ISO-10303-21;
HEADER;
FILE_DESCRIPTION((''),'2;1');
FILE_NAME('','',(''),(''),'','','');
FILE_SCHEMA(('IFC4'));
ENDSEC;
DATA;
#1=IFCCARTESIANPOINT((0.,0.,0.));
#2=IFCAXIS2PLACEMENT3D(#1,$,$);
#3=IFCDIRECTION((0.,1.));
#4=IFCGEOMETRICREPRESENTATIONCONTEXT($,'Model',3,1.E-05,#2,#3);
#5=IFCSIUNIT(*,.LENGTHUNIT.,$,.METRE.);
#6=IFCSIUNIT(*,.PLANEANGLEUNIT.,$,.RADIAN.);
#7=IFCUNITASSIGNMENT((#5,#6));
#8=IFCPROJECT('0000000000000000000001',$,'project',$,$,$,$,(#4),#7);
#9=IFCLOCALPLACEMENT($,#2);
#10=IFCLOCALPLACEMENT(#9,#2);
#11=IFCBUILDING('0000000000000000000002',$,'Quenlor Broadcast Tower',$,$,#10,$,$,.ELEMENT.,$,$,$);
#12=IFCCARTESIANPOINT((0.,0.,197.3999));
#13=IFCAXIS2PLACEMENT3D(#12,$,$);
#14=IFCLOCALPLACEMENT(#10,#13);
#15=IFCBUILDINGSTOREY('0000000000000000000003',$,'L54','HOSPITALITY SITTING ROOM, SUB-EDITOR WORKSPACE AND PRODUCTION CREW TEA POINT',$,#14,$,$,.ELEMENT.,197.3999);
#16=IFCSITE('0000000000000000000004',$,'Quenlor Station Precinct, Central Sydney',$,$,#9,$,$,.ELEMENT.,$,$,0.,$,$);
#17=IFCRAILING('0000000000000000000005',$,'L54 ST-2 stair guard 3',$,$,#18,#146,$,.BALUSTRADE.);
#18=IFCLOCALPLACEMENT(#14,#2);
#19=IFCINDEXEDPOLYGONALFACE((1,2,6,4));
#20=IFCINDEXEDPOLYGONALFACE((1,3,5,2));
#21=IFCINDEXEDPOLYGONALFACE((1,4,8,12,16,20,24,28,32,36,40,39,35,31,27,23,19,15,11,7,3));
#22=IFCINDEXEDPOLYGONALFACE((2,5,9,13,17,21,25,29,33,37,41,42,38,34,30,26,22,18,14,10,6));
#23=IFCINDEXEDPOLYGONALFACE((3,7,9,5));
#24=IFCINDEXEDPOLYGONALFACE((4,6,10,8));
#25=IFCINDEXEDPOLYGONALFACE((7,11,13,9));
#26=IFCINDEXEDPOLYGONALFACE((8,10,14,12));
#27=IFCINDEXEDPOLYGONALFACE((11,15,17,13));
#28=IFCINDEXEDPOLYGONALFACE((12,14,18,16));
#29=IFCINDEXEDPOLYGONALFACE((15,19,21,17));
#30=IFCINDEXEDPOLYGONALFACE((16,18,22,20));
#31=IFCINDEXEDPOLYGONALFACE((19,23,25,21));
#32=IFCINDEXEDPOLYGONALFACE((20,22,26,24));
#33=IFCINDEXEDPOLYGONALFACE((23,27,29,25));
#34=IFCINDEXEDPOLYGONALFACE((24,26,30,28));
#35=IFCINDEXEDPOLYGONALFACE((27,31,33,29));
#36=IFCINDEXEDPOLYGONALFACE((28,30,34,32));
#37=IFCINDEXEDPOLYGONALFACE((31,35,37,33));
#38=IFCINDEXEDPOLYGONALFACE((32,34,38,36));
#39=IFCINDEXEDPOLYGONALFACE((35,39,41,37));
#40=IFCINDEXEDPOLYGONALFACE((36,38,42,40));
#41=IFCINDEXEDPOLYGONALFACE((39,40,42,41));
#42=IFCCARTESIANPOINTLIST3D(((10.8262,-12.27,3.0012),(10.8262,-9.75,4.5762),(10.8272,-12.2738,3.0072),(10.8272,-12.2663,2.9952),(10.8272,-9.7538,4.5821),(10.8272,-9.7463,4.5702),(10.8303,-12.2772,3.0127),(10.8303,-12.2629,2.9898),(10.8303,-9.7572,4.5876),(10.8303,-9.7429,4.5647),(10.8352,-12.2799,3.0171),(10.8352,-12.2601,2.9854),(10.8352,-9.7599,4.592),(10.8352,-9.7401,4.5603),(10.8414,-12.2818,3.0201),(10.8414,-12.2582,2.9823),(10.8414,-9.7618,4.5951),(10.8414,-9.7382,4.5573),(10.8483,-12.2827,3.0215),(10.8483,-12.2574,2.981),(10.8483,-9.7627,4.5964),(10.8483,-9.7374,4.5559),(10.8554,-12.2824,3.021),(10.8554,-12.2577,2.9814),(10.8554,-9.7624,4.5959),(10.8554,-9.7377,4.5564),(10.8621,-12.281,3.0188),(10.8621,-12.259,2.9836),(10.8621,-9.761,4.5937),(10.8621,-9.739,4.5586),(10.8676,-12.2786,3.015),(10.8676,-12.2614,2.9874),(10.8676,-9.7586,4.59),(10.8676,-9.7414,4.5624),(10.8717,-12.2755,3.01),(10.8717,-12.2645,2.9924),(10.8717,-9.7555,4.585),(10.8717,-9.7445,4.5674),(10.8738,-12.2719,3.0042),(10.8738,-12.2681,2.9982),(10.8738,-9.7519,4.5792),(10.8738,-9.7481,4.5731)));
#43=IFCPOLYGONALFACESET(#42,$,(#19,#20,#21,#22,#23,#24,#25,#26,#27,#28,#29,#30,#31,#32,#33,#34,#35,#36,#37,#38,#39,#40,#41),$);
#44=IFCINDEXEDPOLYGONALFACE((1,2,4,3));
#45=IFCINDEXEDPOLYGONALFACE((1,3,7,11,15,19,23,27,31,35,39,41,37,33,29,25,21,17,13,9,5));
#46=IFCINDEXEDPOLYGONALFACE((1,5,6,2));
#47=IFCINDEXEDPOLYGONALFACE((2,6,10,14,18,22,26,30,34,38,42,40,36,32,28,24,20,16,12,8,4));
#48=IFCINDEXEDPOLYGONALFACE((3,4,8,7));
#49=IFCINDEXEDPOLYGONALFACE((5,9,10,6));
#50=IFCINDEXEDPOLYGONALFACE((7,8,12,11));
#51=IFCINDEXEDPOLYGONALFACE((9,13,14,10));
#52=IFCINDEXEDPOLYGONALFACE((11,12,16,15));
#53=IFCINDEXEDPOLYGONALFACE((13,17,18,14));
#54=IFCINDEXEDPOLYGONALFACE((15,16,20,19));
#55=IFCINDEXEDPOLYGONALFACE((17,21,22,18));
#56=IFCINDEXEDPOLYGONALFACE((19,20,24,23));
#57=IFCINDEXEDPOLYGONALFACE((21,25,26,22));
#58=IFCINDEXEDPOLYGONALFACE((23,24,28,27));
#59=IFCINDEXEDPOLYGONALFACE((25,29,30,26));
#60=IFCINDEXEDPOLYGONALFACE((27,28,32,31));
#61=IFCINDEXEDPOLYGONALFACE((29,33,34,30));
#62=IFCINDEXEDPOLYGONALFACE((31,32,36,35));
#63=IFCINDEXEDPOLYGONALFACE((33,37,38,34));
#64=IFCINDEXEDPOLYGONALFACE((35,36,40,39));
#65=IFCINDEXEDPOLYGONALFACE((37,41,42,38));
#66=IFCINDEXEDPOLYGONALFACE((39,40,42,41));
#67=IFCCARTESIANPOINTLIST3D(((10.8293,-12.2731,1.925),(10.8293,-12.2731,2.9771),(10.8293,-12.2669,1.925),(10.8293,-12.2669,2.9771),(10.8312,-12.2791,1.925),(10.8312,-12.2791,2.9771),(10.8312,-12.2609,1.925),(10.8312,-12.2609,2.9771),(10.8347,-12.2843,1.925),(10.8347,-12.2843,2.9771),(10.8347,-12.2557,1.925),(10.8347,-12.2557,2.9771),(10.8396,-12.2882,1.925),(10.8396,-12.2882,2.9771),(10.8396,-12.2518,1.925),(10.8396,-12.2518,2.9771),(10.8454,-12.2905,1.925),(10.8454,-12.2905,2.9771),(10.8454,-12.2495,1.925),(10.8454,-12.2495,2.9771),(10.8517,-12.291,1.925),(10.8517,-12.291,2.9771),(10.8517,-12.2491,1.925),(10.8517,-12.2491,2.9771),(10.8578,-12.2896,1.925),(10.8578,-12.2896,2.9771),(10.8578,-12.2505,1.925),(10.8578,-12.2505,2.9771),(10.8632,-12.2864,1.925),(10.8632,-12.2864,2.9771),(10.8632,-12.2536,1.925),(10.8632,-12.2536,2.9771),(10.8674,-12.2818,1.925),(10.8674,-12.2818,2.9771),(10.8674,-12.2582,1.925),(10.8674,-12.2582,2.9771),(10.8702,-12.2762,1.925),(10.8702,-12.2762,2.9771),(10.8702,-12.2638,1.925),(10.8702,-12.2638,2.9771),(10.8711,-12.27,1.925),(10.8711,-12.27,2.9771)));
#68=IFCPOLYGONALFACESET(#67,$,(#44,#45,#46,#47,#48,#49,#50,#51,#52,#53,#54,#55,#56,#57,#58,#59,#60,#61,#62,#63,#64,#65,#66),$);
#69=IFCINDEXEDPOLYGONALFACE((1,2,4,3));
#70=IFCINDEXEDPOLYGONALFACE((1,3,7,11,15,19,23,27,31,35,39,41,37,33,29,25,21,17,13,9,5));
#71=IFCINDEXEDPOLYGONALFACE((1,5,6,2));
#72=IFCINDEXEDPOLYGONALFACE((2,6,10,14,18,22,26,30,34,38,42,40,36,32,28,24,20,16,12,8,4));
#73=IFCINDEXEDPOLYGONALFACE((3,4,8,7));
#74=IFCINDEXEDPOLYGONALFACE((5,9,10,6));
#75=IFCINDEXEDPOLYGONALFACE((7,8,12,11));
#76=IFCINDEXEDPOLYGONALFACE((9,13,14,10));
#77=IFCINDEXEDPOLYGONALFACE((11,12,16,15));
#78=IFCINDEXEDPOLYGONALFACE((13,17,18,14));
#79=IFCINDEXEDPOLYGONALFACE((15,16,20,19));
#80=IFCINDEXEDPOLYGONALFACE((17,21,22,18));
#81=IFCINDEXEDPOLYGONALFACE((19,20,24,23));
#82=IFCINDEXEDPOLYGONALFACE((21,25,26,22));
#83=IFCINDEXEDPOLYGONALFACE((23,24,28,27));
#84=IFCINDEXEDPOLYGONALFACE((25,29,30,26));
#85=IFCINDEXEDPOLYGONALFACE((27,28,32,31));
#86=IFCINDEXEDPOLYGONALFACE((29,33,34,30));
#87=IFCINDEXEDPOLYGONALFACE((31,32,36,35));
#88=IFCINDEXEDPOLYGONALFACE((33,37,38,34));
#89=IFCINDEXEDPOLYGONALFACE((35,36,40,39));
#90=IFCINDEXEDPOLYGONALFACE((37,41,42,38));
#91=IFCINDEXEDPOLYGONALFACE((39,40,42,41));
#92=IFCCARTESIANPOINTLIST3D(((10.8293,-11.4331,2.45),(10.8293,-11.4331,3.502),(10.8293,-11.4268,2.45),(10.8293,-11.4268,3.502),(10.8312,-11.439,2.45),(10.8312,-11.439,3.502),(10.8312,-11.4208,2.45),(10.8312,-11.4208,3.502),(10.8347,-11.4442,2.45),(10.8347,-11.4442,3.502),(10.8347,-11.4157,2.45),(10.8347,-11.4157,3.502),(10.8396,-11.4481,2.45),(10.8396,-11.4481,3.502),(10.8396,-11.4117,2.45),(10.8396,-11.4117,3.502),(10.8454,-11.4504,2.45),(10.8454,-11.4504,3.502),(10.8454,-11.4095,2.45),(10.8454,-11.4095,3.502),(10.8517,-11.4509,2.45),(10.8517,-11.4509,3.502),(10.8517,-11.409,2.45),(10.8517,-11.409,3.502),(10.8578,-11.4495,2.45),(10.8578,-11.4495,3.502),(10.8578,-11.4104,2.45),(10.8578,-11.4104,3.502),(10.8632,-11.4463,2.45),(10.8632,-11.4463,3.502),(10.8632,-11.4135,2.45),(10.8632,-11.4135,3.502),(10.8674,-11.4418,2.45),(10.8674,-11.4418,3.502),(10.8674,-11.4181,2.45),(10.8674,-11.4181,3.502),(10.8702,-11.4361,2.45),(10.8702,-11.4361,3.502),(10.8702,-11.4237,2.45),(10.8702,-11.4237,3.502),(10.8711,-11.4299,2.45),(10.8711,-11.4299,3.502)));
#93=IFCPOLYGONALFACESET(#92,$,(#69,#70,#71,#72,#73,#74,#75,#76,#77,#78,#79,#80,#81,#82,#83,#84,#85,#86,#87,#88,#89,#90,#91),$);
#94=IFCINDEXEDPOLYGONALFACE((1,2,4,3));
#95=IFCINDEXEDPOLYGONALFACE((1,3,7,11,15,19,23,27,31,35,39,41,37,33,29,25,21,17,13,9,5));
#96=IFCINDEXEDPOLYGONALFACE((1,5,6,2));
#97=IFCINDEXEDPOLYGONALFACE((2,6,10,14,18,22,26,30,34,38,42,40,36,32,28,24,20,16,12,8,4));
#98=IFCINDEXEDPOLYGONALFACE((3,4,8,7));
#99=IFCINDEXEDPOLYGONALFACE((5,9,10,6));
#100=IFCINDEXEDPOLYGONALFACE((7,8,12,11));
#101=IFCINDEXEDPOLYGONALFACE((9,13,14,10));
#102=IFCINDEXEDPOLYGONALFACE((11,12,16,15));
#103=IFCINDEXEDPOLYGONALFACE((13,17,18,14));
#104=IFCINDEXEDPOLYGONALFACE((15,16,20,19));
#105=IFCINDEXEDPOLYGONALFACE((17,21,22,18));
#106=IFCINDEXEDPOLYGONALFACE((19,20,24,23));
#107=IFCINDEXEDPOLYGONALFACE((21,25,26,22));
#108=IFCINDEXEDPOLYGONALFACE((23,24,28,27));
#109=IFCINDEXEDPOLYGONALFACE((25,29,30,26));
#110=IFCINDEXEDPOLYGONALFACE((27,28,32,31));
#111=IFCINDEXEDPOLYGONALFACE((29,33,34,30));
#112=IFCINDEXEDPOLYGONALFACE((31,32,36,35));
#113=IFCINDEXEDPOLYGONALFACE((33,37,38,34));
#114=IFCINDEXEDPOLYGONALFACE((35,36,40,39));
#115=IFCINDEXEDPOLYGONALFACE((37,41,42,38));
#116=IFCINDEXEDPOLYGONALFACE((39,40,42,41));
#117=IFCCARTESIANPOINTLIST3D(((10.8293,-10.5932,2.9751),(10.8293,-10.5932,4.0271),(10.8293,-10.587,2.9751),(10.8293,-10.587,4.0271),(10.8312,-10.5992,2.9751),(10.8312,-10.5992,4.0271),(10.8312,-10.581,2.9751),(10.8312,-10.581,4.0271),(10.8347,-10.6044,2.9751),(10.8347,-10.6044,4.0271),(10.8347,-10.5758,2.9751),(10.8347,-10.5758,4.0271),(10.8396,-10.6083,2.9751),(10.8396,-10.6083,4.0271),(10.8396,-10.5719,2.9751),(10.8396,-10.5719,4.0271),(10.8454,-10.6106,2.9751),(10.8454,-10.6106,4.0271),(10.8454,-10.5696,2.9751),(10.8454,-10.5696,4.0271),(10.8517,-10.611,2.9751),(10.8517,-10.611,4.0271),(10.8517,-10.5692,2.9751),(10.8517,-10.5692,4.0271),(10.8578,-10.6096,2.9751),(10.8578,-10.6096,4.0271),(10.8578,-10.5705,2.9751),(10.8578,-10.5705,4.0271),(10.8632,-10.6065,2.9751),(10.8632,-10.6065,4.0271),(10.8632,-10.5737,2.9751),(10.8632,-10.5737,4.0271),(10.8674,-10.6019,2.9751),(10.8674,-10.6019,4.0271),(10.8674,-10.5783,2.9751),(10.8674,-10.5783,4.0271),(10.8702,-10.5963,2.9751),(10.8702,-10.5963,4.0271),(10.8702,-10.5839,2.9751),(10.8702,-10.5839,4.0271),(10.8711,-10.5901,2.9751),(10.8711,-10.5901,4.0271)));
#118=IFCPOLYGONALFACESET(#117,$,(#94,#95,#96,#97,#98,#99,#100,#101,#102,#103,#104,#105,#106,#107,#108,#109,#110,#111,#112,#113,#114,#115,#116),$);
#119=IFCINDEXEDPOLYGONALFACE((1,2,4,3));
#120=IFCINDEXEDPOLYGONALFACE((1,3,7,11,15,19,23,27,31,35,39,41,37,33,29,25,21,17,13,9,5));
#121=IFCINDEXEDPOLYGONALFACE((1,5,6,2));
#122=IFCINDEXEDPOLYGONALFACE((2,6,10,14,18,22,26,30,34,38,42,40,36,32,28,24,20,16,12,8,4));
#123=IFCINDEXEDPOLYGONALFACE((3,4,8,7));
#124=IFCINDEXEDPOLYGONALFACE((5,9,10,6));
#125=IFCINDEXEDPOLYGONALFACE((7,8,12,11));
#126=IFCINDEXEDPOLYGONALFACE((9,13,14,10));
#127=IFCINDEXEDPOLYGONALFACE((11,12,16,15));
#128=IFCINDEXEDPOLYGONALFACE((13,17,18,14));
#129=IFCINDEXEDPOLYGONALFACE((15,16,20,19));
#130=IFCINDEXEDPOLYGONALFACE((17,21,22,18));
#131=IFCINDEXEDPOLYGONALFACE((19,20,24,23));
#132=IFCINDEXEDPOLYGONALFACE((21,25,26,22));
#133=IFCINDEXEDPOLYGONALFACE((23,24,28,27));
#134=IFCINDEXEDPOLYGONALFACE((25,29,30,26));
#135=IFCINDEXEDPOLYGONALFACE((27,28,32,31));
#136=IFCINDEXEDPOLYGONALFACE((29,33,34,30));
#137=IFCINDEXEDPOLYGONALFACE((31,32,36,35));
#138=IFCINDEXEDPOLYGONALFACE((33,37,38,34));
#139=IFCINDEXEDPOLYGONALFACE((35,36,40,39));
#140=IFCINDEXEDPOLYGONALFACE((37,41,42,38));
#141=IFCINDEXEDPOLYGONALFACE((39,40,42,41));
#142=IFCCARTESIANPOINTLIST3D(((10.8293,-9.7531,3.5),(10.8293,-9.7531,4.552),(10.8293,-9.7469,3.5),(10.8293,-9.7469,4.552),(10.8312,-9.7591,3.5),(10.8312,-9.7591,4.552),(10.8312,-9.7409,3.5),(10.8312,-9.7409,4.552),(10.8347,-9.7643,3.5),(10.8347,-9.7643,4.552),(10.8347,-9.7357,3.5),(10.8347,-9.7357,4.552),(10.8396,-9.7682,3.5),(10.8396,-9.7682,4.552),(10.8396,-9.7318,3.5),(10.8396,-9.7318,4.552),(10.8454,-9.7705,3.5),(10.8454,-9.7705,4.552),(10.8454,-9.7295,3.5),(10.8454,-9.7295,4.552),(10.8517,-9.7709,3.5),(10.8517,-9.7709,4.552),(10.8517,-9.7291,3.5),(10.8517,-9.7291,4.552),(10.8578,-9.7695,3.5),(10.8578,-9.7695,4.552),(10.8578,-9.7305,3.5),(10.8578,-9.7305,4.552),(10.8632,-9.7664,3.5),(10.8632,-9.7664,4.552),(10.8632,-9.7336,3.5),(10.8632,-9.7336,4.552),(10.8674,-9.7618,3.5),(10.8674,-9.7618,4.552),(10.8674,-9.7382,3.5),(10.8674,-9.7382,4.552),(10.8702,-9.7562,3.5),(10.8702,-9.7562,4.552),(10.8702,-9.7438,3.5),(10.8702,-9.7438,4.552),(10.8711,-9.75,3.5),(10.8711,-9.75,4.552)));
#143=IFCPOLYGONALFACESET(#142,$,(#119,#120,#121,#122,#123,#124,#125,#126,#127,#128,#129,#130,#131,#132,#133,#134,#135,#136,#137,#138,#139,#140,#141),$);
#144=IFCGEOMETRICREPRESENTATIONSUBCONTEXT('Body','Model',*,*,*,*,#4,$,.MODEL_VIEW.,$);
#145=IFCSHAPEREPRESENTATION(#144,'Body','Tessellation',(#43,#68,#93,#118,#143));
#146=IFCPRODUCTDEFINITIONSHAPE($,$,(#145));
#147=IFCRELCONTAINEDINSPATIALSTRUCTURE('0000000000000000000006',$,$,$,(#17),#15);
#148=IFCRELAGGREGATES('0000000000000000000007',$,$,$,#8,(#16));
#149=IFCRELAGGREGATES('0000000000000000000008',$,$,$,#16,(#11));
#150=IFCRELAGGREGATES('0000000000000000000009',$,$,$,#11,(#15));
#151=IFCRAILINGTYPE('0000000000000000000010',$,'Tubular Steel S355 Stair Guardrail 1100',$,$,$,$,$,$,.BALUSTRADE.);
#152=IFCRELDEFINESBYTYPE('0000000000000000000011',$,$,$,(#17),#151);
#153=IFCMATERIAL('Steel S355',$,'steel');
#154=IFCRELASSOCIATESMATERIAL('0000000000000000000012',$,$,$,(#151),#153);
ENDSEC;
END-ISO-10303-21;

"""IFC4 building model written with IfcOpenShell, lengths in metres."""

from ifc_helpers import new_model, si_unit, direction, frame, origin, origin_2d, place, context, subcontext, project, spatial, circle, extrude, material, type_object, element, save


model = new_model("IFC4")

# Units and contexts
model_context = context("Model", 3, precision=1e-05, world=origin(), true_north=direction((0.0, 1.0)))
body_context = subcontext(model_context, "Body", "Model", "MODEL_VIEW")
ifc_project = project(units=[si_unit("LENGTHUNIT", "METRE"), si_unit("PLANEANGLEUNIT", "RADIAN")], contexts=[model_context])

# Site, building, storey
site_placement = place(None, origin())
site = spatial("IfcSite", under=ifc_project, at=site_placement, Name="Quenlor Station Precinct, Central Sydney", CompositionType="ELEMENT", RefElevation=0.0)
building_placement = place(site_placement, origin())
building = spatial("IfcBuilding", under=site, at=building_placement, Name="Quenlor Broadcast Tower", CompositionType="ELEMENT")
storey_placement = place(building_placement, frame((0.0, 0.0, 197.3999)))
storey = spatial("IfcBuildingStorey", under=building, at=storey_placement, Name="L54", Description="HOSPITALITY SITTING ROOM, SUB-EDITOR WORKSPACE AND PRODUCTION CREW TEA POINT", CompositionType="ELEMENT", Elevation=197.3999)

# Railing
ifc_material_1 = material(Name="Steel S355", Category="steel")
railing_type_1 = type_object("IfcRailingType", Name="Tubular Steel S355 Stair Guardrail 1100", PredefinedType="BALUSTRADE", material=ifc_material_1)
railing_1_placement = place(storey_placement, frame((10.8501, -12.27, 1.925)))
element("IfcRailing", 1, at=railing_1_placement, inside=storey, type_object=railing_type_1, Name="L54 ST-2 stair guard 3", PredefinedType="BALUSTRADE", context=body_context, shape_type="SweptSolid", body=[
    extrude(circle(Radius=0.0239, at=origin_2d()), frame((0.0, 0.0, 1.0762), z_axis=(0.0, 0.848008, 0.529984), x_axis=(-1.0, 0.0, 0.0)), (0.0, 0.0, 1.0), 2.9717),
    extrude(circle(Radius=0.021, at=origin_2d()), origin(), (0.0, 0.0, 1.0), 1.052),
    extrude(circle(Radius=0.021, at=origin_2d()), frame((0.0, 0.8401, 0.5249)), (0.0, 0.0, 1.0), 1.052),
    extrude(circle(Radius=0.021, at=origin_2d()), frame((0.0, 1.6799, 1.05)), (0.0, 0.0, 1.0), 1.052),
    extrude(circle(Radius=0.021, at=origin_2d()), frame((0.0, 2.52, 1.575)), (0.0, 0.0, 1.0), 1.052),
])

save(model, "model.ifc")
